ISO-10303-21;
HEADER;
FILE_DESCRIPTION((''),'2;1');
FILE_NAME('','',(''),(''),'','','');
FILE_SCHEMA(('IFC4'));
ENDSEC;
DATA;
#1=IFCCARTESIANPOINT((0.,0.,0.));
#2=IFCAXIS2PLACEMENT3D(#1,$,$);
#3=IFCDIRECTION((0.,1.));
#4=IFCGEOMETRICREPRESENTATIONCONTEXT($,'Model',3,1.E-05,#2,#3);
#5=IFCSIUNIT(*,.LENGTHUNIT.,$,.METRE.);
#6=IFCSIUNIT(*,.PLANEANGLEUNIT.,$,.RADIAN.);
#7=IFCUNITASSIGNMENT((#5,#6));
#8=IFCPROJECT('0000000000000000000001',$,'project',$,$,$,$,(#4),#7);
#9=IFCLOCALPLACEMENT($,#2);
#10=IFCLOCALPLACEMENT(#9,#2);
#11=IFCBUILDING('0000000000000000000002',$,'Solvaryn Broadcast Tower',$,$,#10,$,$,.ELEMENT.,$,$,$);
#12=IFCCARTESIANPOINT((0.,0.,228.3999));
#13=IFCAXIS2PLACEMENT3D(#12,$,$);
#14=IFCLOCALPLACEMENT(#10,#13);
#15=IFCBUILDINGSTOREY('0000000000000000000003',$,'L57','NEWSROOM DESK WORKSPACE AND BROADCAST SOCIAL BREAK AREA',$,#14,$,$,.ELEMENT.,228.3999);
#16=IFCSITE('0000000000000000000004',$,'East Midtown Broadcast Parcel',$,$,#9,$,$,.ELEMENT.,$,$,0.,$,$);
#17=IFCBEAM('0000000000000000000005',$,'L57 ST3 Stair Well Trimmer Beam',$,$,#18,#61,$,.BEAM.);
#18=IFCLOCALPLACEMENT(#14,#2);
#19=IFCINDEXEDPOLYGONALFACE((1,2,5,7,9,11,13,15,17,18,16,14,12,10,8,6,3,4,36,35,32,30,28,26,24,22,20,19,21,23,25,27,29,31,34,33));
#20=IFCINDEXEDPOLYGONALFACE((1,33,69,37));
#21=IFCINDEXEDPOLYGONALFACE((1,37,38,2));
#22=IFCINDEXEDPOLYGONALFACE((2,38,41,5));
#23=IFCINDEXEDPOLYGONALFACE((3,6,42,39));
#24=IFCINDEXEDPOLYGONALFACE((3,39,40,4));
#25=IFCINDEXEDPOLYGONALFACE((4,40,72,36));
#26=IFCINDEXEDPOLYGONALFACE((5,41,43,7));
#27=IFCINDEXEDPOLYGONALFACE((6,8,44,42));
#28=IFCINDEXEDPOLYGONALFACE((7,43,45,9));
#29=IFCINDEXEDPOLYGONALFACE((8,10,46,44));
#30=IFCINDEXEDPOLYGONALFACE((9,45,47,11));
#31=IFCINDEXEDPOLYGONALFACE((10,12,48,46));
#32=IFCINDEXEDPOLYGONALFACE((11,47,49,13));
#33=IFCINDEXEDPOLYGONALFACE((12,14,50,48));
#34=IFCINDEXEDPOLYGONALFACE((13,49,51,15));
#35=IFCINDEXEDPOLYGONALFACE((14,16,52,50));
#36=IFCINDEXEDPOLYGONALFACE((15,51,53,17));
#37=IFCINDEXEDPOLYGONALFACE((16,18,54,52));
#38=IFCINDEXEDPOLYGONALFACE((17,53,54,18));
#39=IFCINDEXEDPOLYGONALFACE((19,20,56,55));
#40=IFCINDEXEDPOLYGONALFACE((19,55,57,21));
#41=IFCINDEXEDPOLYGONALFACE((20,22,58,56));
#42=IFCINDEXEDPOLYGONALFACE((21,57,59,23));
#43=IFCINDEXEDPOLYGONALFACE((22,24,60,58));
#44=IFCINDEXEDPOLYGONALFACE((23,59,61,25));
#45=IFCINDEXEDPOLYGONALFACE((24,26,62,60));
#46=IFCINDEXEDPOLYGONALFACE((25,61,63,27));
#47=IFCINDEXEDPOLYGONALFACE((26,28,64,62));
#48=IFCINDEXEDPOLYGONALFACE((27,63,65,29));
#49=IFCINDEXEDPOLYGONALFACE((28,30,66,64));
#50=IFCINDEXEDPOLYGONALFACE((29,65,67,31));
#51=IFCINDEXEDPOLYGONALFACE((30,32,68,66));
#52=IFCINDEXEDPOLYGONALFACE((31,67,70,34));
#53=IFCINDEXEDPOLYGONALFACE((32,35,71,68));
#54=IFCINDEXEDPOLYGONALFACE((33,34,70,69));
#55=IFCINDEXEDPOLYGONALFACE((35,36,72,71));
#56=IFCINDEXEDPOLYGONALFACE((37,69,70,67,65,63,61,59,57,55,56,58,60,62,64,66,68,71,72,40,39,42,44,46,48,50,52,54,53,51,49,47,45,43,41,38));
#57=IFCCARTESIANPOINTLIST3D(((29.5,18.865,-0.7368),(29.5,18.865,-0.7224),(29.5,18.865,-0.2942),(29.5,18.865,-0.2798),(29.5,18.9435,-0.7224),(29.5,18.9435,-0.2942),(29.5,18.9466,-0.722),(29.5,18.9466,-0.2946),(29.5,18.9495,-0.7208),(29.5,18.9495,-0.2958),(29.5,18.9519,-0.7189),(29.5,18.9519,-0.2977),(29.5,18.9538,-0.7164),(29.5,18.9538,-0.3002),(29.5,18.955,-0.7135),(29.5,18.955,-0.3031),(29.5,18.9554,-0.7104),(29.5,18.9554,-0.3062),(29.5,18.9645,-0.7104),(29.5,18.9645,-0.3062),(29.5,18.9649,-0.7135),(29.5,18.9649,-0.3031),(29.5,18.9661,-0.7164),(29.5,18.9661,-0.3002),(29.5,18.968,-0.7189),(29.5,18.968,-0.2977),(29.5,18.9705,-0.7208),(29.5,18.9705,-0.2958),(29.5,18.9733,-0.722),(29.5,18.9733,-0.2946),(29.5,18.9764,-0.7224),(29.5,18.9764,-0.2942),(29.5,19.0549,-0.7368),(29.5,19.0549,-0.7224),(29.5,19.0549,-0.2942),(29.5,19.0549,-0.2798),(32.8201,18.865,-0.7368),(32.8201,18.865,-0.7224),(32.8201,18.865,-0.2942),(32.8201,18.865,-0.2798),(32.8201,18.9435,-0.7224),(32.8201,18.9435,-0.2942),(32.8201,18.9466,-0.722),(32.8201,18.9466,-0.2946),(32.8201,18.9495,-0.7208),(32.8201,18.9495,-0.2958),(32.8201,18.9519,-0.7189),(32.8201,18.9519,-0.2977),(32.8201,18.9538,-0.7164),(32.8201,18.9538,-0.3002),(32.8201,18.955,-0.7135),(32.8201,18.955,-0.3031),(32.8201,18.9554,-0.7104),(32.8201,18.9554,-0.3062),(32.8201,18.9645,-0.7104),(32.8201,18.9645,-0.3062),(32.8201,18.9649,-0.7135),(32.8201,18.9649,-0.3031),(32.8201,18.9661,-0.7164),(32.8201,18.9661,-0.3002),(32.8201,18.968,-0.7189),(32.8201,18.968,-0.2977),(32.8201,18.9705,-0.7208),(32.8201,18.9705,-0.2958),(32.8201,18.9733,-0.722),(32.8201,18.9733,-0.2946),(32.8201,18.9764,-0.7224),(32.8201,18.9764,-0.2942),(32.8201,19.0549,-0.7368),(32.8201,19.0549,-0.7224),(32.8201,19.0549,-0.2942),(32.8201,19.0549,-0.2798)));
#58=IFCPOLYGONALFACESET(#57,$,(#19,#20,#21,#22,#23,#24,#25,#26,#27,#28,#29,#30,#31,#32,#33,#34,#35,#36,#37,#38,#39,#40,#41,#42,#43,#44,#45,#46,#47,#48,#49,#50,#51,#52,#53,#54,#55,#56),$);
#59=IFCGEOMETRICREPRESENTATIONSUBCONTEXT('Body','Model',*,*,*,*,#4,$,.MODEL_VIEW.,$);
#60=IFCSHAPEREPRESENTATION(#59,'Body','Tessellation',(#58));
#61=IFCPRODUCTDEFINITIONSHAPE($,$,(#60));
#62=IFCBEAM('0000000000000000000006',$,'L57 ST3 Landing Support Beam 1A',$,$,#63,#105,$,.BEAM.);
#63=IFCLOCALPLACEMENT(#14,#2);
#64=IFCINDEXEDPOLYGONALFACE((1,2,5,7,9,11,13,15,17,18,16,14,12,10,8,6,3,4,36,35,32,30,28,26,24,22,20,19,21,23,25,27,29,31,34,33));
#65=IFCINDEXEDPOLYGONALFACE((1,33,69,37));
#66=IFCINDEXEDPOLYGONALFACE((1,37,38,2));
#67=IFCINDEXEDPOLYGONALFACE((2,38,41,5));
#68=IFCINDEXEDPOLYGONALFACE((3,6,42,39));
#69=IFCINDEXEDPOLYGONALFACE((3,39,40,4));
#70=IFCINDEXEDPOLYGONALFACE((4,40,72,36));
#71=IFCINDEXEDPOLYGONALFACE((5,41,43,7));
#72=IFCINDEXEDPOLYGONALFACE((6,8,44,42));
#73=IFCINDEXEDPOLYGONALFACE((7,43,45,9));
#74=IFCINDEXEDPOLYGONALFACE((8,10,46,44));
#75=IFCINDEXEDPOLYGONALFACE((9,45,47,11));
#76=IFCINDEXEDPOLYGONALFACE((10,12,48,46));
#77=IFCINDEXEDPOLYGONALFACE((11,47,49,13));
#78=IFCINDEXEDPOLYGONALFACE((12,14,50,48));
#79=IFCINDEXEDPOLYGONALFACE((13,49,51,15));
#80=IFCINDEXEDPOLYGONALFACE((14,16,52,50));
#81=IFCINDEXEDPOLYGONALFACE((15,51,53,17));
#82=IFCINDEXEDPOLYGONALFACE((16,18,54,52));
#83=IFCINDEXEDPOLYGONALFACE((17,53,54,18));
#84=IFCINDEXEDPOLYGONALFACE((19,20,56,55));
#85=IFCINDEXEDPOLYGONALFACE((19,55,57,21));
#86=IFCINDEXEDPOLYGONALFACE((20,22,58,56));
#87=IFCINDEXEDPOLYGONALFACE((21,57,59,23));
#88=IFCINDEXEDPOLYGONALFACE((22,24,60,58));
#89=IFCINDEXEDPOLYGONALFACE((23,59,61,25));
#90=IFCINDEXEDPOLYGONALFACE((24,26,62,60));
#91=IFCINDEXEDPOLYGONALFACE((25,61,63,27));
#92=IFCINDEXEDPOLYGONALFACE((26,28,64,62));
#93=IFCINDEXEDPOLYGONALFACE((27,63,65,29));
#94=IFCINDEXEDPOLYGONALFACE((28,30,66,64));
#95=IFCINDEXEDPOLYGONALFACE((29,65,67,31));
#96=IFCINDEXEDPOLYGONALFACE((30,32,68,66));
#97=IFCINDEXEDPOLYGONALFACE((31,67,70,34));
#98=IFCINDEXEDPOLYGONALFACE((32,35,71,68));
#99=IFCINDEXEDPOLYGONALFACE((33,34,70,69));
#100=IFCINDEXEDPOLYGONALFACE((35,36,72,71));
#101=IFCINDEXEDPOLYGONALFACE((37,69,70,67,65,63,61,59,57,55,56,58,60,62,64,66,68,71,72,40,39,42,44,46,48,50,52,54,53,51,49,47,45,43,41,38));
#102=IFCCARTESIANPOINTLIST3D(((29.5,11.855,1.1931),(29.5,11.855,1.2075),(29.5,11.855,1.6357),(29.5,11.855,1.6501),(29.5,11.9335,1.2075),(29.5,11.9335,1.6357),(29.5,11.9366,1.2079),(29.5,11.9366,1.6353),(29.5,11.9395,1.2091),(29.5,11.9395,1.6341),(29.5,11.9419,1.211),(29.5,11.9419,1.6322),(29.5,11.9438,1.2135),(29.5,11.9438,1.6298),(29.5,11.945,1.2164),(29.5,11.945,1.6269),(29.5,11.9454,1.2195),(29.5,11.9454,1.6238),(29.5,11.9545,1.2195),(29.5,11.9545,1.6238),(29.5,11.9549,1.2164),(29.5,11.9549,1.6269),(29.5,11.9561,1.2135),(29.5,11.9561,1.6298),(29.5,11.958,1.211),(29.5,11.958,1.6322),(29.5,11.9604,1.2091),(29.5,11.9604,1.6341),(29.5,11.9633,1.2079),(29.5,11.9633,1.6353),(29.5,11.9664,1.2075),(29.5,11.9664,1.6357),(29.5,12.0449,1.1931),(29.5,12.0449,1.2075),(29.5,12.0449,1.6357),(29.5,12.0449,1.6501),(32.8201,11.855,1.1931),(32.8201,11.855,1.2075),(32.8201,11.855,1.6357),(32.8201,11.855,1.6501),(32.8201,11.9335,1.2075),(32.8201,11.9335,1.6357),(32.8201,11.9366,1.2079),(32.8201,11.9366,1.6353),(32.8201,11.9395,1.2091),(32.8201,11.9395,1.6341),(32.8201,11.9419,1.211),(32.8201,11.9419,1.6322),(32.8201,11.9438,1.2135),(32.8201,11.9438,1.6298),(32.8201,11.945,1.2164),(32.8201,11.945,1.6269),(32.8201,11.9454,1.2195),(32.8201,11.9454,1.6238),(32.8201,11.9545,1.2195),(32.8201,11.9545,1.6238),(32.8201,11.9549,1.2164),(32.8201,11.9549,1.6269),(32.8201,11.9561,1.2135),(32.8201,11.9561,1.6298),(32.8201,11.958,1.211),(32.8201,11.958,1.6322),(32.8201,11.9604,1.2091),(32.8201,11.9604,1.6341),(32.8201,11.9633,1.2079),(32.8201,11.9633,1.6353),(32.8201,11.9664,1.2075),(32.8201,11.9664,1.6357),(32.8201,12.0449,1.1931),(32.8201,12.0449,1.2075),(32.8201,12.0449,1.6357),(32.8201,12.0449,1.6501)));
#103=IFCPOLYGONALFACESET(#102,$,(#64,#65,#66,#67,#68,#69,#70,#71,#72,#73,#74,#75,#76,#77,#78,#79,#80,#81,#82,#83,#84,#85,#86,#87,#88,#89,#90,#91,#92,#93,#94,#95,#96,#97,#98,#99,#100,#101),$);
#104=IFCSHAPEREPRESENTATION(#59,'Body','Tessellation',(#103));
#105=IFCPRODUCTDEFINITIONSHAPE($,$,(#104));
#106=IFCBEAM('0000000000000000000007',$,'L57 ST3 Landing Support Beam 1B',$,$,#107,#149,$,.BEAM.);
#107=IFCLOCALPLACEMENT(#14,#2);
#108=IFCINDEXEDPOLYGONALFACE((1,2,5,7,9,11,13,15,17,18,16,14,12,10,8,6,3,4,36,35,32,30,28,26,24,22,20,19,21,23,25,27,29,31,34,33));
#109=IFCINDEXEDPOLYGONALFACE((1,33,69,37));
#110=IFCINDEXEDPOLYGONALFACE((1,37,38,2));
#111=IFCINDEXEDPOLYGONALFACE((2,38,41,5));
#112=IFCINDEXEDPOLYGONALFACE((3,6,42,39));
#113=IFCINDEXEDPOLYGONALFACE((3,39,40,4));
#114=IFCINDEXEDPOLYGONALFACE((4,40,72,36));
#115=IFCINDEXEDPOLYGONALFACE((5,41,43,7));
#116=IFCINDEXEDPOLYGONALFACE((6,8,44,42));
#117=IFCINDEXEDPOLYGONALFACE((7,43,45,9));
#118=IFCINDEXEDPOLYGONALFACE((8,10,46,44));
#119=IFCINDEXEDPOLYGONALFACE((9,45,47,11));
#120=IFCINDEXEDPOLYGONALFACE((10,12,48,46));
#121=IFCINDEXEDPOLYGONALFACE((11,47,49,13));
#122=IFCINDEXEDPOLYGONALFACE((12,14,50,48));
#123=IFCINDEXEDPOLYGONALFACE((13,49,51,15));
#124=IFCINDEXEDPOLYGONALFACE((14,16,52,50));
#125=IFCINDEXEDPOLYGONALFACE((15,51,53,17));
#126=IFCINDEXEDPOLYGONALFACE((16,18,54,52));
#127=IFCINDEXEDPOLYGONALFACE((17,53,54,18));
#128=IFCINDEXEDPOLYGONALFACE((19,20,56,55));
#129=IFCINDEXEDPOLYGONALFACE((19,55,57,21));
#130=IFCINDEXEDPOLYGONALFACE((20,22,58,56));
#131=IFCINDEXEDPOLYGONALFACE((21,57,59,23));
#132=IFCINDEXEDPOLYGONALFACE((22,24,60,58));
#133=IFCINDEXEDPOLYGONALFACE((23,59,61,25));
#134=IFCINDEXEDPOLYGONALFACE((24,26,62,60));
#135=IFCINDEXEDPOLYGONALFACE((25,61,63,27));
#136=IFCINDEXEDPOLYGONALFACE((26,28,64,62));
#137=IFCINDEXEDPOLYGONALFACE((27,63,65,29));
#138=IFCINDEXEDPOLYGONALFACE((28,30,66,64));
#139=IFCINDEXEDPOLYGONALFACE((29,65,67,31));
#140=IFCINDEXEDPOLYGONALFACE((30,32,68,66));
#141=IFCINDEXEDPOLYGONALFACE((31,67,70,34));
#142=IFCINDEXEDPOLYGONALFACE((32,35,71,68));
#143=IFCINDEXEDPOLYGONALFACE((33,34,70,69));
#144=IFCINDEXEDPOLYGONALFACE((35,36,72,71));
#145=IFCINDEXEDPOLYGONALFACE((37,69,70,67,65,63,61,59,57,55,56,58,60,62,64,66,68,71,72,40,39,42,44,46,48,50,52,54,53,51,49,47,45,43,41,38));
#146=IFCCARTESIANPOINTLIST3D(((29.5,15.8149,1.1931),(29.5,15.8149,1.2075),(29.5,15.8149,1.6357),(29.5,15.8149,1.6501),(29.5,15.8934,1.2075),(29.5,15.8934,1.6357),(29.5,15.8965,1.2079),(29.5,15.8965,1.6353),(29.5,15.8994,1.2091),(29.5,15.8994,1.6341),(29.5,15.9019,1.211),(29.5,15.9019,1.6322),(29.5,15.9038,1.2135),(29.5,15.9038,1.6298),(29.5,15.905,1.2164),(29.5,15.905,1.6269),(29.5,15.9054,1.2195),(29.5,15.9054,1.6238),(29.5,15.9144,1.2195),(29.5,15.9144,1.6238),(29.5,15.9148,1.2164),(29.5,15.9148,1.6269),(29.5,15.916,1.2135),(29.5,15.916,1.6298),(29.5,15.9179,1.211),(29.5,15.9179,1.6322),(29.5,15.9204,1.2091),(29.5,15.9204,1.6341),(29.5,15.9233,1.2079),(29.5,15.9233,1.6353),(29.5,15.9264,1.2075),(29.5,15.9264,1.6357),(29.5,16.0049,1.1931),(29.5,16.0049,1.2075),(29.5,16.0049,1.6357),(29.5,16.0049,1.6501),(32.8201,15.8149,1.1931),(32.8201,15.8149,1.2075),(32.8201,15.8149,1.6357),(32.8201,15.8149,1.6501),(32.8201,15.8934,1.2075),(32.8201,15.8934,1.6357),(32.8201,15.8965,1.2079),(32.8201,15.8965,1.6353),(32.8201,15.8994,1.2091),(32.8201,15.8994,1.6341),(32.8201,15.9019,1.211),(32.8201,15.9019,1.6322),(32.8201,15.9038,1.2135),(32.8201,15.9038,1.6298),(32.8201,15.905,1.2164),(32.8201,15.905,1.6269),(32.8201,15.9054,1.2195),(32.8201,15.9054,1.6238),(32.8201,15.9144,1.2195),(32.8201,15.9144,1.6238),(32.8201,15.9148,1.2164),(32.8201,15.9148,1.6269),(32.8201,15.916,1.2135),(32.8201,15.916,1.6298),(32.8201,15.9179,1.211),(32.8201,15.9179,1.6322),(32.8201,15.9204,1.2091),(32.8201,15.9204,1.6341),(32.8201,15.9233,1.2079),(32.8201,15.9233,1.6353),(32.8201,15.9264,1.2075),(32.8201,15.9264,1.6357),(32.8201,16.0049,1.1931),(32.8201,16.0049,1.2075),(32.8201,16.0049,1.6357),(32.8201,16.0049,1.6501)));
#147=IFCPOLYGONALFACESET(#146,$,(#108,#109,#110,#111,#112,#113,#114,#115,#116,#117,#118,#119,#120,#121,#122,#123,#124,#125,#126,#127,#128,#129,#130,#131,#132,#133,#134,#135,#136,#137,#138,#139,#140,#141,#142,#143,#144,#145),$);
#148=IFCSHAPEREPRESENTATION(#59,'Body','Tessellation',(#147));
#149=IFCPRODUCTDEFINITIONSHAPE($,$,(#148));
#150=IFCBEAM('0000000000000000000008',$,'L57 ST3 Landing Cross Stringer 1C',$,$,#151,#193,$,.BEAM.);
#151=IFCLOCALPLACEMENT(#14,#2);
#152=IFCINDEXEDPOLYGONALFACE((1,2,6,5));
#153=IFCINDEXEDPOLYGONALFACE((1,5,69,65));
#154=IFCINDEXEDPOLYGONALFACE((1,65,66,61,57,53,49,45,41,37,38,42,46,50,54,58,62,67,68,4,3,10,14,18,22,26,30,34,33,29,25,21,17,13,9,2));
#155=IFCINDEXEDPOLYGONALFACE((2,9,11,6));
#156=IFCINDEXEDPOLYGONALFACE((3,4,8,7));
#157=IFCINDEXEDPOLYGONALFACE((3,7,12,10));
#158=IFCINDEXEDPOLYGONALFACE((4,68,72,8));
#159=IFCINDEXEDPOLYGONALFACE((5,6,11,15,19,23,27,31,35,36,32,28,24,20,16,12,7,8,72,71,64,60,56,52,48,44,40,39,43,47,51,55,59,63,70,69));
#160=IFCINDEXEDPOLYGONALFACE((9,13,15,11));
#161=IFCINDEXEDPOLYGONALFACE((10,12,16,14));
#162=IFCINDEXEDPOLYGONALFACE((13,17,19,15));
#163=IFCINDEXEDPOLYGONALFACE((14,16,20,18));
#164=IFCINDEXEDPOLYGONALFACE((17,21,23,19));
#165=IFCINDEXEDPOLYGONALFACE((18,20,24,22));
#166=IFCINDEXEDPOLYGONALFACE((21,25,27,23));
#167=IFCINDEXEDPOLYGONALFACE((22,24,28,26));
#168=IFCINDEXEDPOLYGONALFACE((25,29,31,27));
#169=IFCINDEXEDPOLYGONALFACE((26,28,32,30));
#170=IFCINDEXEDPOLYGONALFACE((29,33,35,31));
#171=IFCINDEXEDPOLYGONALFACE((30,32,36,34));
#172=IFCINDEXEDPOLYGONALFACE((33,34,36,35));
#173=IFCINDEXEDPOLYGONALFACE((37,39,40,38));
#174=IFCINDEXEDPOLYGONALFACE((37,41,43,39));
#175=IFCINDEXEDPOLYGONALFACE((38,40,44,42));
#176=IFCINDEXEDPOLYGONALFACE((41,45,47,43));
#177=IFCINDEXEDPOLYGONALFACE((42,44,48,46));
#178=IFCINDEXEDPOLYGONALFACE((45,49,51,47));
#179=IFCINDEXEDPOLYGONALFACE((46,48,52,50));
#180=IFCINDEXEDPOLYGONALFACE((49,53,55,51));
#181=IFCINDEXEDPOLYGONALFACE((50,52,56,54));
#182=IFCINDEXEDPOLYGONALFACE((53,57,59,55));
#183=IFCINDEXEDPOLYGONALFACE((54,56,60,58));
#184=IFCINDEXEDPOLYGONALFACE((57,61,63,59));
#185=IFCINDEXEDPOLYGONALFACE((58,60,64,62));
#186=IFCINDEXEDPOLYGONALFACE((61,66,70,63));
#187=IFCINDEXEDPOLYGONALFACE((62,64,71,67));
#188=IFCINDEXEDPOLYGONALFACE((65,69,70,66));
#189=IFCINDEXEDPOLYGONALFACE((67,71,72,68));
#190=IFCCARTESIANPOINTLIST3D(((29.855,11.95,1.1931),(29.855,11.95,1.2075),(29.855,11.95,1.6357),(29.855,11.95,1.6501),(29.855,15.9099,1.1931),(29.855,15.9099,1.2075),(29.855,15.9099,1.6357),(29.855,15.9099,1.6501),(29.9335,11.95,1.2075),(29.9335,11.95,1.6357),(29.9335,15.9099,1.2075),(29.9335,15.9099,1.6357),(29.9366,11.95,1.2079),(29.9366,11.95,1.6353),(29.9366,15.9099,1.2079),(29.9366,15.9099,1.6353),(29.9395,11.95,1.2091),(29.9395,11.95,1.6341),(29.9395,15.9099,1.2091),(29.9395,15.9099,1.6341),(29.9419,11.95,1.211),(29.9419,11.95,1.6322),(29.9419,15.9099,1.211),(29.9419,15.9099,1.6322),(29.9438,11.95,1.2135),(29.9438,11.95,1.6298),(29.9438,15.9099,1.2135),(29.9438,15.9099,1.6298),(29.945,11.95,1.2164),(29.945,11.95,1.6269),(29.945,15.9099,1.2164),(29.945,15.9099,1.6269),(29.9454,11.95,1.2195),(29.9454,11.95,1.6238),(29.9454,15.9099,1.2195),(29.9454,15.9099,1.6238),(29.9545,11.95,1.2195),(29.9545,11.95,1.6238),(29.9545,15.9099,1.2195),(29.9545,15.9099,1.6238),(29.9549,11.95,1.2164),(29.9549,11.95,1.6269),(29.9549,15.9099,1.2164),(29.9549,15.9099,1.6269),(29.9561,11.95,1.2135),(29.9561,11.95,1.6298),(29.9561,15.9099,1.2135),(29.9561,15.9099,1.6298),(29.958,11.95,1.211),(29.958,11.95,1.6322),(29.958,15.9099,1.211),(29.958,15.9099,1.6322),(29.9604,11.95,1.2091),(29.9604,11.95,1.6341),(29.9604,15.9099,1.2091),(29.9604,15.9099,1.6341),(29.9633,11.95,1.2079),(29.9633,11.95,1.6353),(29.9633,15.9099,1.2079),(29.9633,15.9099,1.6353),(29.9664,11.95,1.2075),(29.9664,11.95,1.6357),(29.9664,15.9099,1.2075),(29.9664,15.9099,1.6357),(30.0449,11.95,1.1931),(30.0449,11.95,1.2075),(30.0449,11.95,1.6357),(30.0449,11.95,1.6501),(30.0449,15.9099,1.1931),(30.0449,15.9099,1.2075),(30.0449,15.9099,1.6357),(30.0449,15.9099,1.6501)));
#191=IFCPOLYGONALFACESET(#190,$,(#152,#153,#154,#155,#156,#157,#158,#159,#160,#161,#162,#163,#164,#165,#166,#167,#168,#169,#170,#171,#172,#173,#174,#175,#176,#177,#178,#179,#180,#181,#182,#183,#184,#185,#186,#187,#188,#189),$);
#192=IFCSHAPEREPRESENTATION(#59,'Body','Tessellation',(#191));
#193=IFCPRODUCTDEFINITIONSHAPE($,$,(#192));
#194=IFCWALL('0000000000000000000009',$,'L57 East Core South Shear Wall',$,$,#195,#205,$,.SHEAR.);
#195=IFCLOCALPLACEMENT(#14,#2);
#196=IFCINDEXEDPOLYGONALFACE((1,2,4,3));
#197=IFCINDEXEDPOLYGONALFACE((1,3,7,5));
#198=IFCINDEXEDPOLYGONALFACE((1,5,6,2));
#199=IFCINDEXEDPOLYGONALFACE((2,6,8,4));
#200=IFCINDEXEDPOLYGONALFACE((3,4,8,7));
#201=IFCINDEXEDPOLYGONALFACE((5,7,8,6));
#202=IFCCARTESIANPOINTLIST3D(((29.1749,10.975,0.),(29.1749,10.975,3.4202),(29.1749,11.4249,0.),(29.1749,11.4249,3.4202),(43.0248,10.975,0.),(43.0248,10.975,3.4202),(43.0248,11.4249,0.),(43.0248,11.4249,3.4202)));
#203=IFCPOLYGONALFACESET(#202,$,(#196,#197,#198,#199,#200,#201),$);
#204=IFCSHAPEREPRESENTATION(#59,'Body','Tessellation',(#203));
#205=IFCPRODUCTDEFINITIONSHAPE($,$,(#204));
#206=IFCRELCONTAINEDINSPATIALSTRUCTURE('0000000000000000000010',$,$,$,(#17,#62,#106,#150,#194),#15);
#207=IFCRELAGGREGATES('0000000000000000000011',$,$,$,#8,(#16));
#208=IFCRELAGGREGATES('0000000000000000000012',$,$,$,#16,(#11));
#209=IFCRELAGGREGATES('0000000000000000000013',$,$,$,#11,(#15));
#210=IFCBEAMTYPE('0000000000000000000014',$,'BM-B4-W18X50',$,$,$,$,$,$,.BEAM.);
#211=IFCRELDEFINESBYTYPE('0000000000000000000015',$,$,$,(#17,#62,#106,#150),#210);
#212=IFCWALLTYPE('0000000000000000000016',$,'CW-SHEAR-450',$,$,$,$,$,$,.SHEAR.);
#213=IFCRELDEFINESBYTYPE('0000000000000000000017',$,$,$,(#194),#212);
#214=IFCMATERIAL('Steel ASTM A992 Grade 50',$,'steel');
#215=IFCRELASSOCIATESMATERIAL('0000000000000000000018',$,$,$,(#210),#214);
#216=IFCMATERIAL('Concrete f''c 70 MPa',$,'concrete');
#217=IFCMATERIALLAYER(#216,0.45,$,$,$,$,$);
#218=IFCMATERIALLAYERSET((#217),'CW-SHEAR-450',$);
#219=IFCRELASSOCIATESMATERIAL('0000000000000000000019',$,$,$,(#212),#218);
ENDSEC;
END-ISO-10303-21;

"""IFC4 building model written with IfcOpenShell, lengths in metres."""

from ifc_helpers import new_model, si_unit, direction, frame, frame_2d, origin, origin_2d, place, context, subcontext, project, spatial, rectangle, i_section, extrude, material, layer, layer_set, material_profile, profile_set, type_object, element, save


model = new_model("IFC4")

# Units and contexts
model_context = context("Model", 3, precision=1e-05, world=origin(), true_north=direction((0.0, 1.0)))
body_context = subcontext(model_context, "Body", "Model", "MODEL_VIEW")
ifc_project = project(units=[si_unit("LENGTHUNIT", "METRE"), si_unit("PLANEANGLEUNIT", "RADIAN")], contexts=[model_context])

# Site, building, storey
site_placement = place(None, origin())
site = spatial("IfcSite", under=ifc_project, at=site_placement, Name="East Midtown Broadcast Parcel", CompositionType="ELEMENT", RefElevation=0.0)
building_placement = place(site_placement, origin())
building = spatial("IfcBuilding", under=site, at=building_placement, Name="Solvaryn Broadcast Tower", CompositionType="ELEMENT")
storey_placement = place(building_placement, frame((0.0, 0.0, 228.3999)))
storey = spatial("IfcBuildingStorey", under=building, at=storey_placement, Name="L57", Description="NEWSROOM DESK WORKSPACE AND BROADCAST SOCIAL BREAK AREA", CompositionType="ELEMENT", Elevation=228.3999)

# Beams
ifc_material_1 = material(Name="Steel ASTM A992 Grade 50", Category="steel")
ifc_material_profile_1 = material_profile(ifc_material_1, i_section(OverallWidth=0.1899, OverallDepth=0.457, WebThickness=0.009, FlangeThickness=0.0144, FilletRadius=0.012, at=origin_2d()))
ifc_profile_set_1 = profile_set([ifc_material_profile_1], Name="Steel ASTM A992 Grade 50")
beam_type_1 = type_object("IfcBeamType", Name="BM-B4-W18X50", PredefinedType="BEAM", material=ifc_profile_set_1)
for number, where, z_axis, x_axis, name in (
    (1, (29.5, 18.96, -0.5083), (1.0, 0.0, 0.0), (0.0, 1.0, 0.0), "L57 ST3 Stair Well Trimmer Beam"),
    (2, (29.5, 11.95, 1.4216), (1.0, 0.0, 0.0), (0.0, 1.0, 0.0), "L57 ST3 Landing Support Beam 1A"),
    (3, (29.5, 15.9099, 1.4216), (1.0, 0.0, 0.0), (0.0, 1.0, 0.0), "L57 ST3 Landing Support Beam 1B"),
):
    element("IfcBeam", number, at=place(storey_placement, frame(where, z_axis=z_axis, x_axis=x_axis)), inside=storey, type_object=beam_type_1, Name=name, PredefinedType="BEAM", context=body_context, shape_type="SweptSolid", body=[
        extrude(i_section(OverallWidth=0.1899, OverallDepth=0.457, WebThickness=0.009, FlangeThickness=0.0144, FilletRadius=0.012, at=origin_2d()), origin(), (0.0, 0.0, 1.0), 3.3201),
    ])
beam_1_placement = place(storey_placement, frame((29.95, 11.95, 1.4216), z_axis=(0.0, 1.0, 0.0), x_axis=(-1.0, 0.0, 0.0)))
element("IfcBeam", 4, at=beam_1_placement, inside=storey, type_object=beam_type_1, Name="L57 ST3 Landing Cross Stringer 1C", PredefinedType="BEAM", context=body_context, shape_type="SweptSolid", body=[
    extrude(i_section(OverallWidth=0.1899, OverallDepth=0.457, WebThickness=0.009, FlangeThickness=0.0144, FilletRadius=0.012, at=origin_2d()), origin(), (0.0, 0.0, 1.0), 3.96),
])

# Wall
ifc_material_2 = material(Name="Concrete f'c 70 MPa", Category="concrete")
ifc_layer_1 = layer(ifc_material_2, 0.45)
ifc_layer_set_1 = layer_set([ifc_layer_1], Name="CW-SHEAR-450")
wall_type_1 = type_object("IfcWallType", Name="CW-SHEAR-450", PredefinedType="SHEAR", material=ifc_layer_set_1)
wall_1_placement = place(storey_placement, frame((29.175, 11.2, 0.0), z_axis=(0.0, 0.0, 1.0), x_axis=(1.0, 0.0, 0.0)))
element("IfcWall", 5, at=wall_1_placement, inside=storey, type_object=wall_type_1, Name="L57 East Core South Shear Wall", PredefinedType="SHEAR", context=body_context, shape_type="SweptSolid", body=[
    extrude(rectangle(XDim=13.8499, YDim=0.45, at=frame_2d((6.9248, 0.0))), origin(), (0.0, 0.0, 1.0), 3.4202),
])

save(model, "model.ifc")
